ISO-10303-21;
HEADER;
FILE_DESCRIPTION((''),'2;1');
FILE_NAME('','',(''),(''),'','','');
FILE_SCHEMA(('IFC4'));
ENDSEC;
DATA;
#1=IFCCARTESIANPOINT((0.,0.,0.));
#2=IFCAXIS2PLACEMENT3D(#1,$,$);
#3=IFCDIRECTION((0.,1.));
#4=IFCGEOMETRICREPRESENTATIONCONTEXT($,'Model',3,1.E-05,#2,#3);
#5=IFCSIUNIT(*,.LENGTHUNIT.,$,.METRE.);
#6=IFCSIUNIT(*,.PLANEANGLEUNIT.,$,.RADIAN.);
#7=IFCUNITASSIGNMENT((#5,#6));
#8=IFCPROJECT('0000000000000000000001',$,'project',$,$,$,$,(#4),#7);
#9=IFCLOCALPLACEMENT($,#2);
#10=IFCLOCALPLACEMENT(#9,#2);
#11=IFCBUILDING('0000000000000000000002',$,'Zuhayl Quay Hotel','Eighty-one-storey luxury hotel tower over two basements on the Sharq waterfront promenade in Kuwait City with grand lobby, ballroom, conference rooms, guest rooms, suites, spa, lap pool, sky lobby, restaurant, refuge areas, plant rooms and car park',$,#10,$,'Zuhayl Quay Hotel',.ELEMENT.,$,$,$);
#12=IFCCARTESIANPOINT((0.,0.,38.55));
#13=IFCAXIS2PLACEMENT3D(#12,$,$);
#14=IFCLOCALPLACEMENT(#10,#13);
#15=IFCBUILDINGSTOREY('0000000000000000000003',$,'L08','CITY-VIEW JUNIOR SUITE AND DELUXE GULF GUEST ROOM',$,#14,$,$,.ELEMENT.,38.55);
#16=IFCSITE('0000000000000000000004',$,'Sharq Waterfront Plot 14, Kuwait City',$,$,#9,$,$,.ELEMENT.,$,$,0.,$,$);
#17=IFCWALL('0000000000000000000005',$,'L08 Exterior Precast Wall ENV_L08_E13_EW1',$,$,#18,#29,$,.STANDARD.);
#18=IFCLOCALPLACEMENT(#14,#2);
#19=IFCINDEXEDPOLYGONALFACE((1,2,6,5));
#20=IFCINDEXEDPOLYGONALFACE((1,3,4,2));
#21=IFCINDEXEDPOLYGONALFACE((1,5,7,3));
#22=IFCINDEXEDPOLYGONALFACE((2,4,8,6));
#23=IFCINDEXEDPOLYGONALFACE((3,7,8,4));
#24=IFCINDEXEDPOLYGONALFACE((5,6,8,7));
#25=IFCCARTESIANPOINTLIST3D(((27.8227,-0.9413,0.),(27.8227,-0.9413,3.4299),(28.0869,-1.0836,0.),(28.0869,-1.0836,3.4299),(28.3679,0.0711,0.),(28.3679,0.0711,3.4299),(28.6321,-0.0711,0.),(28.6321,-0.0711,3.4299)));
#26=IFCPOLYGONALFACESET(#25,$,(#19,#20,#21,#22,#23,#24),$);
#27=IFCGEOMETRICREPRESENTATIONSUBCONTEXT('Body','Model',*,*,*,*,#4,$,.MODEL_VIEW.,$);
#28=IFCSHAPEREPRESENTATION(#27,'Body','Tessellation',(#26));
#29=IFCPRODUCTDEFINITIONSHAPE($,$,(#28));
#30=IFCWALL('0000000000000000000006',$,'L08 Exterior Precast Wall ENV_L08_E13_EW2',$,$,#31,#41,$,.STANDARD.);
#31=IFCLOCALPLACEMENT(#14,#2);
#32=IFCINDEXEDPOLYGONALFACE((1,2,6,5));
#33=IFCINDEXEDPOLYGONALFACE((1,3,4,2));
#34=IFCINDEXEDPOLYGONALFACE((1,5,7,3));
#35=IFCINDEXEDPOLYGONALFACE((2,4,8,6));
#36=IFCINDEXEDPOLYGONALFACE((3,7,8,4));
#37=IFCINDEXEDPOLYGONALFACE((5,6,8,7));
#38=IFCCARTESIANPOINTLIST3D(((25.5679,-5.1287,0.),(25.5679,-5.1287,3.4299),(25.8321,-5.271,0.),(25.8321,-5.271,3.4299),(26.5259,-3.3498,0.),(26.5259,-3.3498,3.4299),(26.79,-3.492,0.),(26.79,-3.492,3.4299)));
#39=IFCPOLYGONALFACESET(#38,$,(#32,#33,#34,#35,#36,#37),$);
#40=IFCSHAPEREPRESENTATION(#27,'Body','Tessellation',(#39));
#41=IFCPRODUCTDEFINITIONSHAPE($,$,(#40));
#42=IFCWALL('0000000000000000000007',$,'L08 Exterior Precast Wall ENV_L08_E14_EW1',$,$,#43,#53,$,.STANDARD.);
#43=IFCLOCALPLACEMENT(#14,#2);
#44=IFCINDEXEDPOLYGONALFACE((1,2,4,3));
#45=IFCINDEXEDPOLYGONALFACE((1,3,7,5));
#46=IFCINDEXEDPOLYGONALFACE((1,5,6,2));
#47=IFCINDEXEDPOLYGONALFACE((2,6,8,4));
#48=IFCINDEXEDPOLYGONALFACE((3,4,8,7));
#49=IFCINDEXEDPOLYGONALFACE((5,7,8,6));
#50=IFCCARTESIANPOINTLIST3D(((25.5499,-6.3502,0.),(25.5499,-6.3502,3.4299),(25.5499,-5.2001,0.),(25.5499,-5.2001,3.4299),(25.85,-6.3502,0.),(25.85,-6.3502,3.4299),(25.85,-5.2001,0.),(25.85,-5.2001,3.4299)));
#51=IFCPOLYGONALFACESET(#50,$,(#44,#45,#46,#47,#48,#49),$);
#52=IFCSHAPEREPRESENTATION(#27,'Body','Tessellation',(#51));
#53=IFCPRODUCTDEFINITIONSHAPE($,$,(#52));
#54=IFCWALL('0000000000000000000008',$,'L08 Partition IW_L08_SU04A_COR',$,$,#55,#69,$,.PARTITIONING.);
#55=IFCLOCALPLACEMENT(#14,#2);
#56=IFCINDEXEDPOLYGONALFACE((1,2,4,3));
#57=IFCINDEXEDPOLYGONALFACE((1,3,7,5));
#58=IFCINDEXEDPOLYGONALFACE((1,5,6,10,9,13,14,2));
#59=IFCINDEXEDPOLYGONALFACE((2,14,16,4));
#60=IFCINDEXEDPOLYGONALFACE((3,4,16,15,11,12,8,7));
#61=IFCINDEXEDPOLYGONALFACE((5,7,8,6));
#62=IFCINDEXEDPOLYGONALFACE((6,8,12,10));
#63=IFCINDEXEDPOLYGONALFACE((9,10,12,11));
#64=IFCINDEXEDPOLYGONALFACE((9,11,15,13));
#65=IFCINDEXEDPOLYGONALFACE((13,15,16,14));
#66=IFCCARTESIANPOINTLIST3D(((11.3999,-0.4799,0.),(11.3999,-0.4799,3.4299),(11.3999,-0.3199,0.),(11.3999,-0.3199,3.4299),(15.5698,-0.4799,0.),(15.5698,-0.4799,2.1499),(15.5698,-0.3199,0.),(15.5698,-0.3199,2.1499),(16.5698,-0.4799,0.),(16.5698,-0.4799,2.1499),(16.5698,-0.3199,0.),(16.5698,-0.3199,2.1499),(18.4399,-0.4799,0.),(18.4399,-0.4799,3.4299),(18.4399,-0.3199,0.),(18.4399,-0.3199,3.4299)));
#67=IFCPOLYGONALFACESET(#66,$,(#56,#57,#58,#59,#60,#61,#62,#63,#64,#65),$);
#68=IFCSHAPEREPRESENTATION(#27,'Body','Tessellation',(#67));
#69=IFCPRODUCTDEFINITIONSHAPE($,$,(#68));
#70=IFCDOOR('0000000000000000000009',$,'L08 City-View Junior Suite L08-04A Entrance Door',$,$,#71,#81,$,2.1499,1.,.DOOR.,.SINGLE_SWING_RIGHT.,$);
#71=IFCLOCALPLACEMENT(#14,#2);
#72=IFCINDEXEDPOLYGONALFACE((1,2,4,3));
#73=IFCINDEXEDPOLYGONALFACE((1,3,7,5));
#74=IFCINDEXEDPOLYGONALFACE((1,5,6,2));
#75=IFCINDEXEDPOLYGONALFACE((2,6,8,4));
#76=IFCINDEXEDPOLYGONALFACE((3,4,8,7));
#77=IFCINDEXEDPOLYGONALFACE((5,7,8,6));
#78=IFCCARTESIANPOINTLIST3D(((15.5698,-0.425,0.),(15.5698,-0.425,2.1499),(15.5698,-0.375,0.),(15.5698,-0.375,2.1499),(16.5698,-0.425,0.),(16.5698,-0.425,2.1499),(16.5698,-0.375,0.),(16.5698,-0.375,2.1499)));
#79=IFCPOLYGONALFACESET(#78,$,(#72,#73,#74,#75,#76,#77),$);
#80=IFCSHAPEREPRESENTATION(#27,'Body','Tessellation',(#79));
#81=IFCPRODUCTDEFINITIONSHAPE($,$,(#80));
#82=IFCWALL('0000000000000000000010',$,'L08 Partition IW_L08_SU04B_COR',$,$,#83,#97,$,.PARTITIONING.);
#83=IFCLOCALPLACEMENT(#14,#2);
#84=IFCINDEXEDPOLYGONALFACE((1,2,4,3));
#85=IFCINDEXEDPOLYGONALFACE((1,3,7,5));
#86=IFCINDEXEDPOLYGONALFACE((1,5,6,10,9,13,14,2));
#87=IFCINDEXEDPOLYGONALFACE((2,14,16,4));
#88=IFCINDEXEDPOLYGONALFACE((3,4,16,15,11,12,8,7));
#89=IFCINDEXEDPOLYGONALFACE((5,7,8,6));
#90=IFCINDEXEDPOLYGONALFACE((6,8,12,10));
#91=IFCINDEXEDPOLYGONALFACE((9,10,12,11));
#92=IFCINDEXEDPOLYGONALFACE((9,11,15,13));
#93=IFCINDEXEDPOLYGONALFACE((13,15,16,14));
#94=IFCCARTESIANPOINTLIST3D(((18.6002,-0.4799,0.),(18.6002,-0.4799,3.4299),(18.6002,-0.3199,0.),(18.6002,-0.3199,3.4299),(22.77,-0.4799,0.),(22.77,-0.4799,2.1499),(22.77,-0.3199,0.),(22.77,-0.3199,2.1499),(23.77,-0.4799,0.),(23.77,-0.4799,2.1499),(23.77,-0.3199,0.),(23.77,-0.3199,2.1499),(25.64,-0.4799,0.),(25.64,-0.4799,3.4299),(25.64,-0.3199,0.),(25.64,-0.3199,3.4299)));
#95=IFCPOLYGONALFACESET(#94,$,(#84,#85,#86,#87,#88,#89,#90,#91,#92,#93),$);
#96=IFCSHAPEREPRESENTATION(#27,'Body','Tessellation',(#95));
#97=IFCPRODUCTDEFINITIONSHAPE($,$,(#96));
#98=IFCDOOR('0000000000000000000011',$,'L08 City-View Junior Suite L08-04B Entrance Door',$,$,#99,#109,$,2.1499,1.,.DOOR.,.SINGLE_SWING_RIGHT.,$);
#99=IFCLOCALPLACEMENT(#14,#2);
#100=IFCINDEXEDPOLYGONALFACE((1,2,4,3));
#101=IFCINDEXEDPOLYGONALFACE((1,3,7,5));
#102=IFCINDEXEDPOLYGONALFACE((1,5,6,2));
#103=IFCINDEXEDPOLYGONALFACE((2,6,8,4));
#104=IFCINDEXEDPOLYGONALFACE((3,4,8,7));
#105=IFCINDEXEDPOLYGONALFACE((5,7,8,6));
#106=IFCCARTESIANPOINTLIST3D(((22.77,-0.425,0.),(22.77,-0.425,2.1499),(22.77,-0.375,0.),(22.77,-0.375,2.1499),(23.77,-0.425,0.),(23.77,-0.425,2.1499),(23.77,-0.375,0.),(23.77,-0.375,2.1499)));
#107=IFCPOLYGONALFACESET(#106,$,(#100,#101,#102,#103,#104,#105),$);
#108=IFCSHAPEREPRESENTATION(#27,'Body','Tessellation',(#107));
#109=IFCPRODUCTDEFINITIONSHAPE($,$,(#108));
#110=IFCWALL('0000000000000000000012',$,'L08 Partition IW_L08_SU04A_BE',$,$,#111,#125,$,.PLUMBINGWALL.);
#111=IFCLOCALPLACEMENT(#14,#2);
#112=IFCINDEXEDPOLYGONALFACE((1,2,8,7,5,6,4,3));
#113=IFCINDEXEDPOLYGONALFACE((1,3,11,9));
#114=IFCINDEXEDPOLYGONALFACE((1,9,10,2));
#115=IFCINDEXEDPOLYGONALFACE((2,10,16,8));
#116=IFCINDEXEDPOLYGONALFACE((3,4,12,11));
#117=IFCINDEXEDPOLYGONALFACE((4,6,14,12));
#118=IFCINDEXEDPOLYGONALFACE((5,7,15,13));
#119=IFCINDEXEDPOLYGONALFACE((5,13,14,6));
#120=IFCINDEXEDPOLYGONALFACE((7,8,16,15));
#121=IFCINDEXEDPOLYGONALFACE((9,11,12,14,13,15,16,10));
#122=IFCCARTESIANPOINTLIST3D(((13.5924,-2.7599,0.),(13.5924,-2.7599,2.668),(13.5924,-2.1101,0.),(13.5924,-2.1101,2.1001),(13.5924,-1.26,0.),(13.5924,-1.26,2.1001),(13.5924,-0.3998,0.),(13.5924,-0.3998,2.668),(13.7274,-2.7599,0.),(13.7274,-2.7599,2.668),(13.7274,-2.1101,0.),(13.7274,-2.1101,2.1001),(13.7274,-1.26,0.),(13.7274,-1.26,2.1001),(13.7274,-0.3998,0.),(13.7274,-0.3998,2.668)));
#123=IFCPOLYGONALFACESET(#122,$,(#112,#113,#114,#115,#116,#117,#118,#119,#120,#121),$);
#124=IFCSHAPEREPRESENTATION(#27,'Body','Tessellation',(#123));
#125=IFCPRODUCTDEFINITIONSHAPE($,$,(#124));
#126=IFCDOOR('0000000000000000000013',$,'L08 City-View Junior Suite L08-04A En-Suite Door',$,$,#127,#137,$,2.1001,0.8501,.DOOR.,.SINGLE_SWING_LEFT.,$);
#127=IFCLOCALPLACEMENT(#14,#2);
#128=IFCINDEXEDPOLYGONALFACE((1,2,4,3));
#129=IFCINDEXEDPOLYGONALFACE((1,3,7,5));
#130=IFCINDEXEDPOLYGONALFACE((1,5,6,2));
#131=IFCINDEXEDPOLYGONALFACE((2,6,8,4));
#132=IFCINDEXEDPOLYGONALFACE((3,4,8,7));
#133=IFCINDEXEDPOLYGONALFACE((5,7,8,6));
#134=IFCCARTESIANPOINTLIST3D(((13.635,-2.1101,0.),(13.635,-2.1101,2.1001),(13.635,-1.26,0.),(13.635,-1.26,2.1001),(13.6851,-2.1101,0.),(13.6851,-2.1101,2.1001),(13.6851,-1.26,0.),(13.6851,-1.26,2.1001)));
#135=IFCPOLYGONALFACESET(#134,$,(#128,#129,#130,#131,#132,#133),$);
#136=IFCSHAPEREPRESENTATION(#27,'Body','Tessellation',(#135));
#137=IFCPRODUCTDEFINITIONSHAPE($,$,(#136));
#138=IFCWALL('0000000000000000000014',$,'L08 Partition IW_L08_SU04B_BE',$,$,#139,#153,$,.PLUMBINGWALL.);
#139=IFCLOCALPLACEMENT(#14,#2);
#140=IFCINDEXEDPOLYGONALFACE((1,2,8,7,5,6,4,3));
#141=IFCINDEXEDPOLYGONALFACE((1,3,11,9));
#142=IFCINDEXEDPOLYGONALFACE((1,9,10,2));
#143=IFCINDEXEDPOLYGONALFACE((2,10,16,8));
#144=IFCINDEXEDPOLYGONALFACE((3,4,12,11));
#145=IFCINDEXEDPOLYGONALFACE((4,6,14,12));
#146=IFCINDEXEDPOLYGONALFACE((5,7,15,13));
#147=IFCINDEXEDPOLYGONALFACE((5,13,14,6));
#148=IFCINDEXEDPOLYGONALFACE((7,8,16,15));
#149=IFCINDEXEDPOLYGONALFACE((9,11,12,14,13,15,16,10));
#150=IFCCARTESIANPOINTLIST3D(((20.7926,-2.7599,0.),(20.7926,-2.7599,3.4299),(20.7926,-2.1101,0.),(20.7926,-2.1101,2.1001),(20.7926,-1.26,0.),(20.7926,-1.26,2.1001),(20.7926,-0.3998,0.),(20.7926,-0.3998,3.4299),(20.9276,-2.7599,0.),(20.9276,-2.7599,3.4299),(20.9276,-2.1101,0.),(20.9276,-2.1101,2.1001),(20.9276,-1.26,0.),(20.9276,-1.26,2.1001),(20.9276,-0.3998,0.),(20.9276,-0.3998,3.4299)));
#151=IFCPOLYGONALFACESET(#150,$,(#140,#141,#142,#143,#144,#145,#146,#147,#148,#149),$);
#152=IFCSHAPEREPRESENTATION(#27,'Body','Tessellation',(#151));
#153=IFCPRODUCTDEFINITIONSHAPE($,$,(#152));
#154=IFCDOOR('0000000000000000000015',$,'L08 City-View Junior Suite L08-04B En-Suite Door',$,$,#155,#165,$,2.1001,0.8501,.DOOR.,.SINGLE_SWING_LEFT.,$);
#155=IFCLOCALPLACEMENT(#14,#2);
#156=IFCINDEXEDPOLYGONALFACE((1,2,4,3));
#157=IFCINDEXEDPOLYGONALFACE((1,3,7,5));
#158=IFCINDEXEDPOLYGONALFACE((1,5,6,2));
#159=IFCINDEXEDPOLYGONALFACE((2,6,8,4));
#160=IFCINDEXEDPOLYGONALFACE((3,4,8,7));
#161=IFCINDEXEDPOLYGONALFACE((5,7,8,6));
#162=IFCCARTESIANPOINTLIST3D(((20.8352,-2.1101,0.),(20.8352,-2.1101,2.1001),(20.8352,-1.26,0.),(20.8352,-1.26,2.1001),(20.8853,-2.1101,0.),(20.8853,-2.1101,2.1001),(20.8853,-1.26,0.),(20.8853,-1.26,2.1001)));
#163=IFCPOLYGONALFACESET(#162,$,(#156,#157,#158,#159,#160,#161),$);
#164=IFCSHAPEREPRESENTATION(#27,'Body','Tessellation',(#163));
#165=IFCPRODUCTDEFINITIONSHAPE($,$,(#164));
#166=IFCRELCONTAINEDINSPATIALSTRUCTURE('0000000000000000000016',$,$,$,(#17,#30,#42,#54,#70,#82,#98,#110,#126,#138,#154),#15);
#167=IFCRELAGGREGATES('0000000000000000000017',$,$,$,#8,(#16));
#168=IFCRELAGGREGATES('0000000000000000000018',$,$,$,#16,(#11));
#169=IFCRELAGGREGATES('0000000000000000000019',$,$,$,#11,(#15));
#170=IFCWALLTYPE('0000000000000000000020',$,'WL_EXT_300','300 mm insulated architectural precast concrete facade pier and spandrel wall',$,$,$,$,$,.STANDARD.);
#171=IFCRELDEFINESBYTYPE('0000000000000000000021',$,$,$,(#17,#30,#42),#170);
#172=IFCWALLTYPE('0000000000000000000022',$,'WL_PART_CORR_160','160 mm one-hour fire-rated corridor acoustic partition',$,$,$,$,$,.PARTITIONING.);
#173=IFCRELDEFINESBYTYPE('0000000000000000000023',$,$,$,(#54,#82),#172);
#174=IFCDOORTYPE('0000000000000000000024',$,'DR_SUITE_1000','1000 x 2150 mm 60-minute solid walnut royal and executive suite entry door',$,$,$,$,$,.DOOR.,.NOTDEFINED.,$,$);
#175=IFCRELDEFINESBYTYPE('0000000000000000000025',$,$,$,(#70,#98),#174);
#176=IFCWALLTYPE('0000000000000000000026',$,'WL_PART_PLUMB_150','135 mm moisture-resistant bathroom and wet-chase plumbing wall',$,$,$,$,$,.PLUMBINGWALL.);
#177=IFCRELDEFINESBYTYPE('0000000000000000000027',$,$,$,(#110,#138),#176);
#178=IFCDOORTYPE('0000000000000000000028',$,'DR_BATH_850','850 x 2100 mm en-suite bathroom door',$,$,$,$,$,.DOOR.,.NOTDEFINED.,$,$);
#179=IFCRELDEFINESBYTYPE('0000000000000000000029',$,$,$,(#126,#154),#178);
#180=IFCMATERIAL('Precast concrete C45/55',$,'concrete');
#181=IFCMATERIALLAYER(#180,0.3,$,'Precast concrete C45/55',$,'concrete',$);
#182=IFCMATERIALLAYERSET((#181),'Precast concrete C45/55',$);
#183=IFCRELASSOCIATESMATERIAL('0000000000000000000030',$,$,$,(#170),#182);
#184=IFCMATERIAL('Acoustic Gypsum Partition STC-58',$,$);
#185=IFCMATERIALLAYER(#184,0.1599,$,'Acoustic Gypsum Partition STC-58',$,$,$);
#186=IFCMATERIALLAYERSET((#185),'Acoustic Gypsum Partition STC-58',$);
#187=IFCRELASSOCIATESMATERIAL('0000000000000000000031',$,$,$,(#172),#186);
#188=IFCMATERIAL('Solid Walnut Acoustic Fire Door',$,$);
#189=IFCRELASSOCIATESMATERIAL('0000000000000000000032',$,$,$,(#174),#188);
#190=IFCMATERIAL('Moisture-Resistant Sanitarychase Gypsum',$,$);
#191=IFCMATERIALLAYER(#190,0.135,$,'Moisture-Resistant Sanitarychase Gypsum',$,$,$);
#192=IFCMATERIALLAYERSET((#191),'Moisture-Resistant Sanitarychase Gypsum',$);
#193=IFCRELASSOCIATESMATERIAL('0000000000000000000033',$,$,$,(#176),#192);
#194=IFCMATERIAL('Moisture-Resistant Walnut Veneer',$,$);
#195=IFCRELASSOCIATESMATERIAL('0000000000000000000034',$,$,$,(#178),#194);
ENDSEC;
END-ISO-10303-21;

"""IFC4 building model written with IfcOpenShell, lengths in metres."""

from ifc_helpers import new_model, si_unit, direction, frame, frame_2d, origin, place, context, subcontext, project, spatial, rectangle, extrude, material, layer, layer_set, type_object, element, fill, save


model = new_model("IFC4")

# Units and contexts
model_context = context("Model", 3, precision=1e-05, world=origin(), true_north=direction((0.0, 1.0)))
body_context = subcontext(model_context, "Body", "Model", "MODEL_VIEW")
ifc_project = project(units=[si_unit("LENGTHUNIT", "METRE"), si_unit("PLANEANGLEUNIT", "RADIAN")], contexts=[model_context])

# Site, building, storey
site_placement = place(None, origin())
site = spatial("IfcSite", under=ifc_project, at=site_placement, Name="Sharq Waterfront Plot 14, Kuwait City", CompositionType="ELEMENT", RefElevation=0.0)
building_placement = place(site_placement, origin())
building = spatial("IfcBuilding", under=site, at=building_placement, Name="Zuhayl Quay Hotel", Description="Eighty-one-storey luxury hotel tower over two basements on the Sharq waterfront promenade in Kuwait City with grand lobby, ballroom, conference rooms, guest rooms, suites, spa, lap pool, sky lobby, restaurant, refuge areas, plant rooms and car park", LongName="Zuhayl Quay Hotel", CompositionType="ELEMENT")
storey_placement = place(building_placement, frame((0.0, 0.0, 38.55)))
storey = spatial("IfcBuildingStorey", under=building, at=storey_placement, Name="L08", Description="CITY-VIEW JUNIOR SUITE AND DELUXE GULF GUEST ROOM", CompositionType="ELEMENT", Elevation=38.55)

# Walls
ifc_material_1 = material(Name="Precast concrete C45/55", Category="concrete")
ifc_layer_1 = layer(ifc_material_1, 0.3, Name="Precast concrete C45/55", Category="concrete")
ifc_layer_set_1 = layer_set([ifc_layer_1], Name="Precast concrete C45/55")
wall_type_1 = type_object("IfcWallType", Name="WL_EXT_300", Description="300 mm insulated architectural precast concrete facade pier and spandrel wall", PredefinedType="STANDARD", material=ifc_layer_set_1)
wall_1_placement = place(storey_placement, frame((28.5, 0.0, 0.0), z_axis=(0.0, 0.0, 1.0), x_axis=(-0.4741, -0.880471, 0.0)))
element("IfcWall", 1, at=wall_1_placement, inside=storey, type_object=wall_type_1, Name="L08 Exterior Precast Wall ENV_L08_E13_EW1", PredefinedType="STANDARD", context=body_context, shape_type="SweptSolid", body=[
    extrude(rectangle(XDim=1.1499, YDim=0.3, at=frame_2d((0.575, 0.0))), origin(), (0.0, 0.0, 1.0), 3.4299),
])
wall_2_placement = place(storey_placement, frame((26.658, -3.4209, 0.0), z_axis=(0.0, 0.0, 1.0), x_axis=(-0.474121, -0.880459, 0.0)))
element("IfcWall", 2, at=wall_2_placement, inside=storey, type_object=wall_type_1, Name="L08 Exterior Precast Wall ENV_L08_E13_EW2", PredefinedType="STANDARD", context=body_context, shape_type="SweptSolid", body=[
    extrude(rectangle(XDim=2.0205, YDim=0.3, at=frame_2d((1.0103, 0.0))), origin(), (0.0, 0.0, 1.0), 3.4299),
])
wall_3_placement = place(storey_placement, frame((25.7, -5.2, 0.0), z_axis=(0.0, 0.0, 1.0), x_axis=(0.0, -1.0, 0.0)))
element("IfcWall", 3, at=wall_3_placement, inside=storey, type_object=wall_type_1, Name="L08 Exterior Precast Wall ENV_L08_E14_EW1", PredefinedType="STANDARD", context=body_context, shape_type="SweptSolid", body=[
    extrude(rectangle(XDim=1.1501, YDim=0.3, at=frame_2d((0.5752, 0.0))), origin(), (0.0, 0.0, 1.0), 3.4299),
])

# Walls, openings, doors
ifc_material_2 = material(Name="Acoustic Gypsum Partition STC-58")
ifc_layer_2 = layer(ifc_material_2, 0.1599, Name="Acoustic Gypsum Partition STC-58")
ifc_layer_set_2 = layer_set([ifc_layer_2], Name="Acoustic Gypsum Partition STC-58")
wall_type_2 = type_object("IfcWallType", Name="WL_PART_CORR_160", Description="160 mm one-hour fire-rated corridor acoustic partition", PredefinedType="PARTITIONING", material=ifc_layer_set_2)
wall_4_placement = place(storey_placement, frame((11.3999, -0.3999, 0.0), z_axis=(0.0, 0.0, 1.0), x_axis=(1.0, 0.0, 0.0)))
wall_4 = element("IfcWall", 4, at=wall_4_placement, inside=storey, type_object=wall_type_2, Name="L08 Partition IW_L08_SU04A_COR", PredefinedType="PARTITIONING", context=body_context, shape_type="SweptSolid", body=[
    extrude(rectangle(XDim=7.04, YDim=0.1599, at=frame_2d((3.52, 0.0))), origin(), (0.0, 0.0, 1.0), 3.4299),
])
opening_1_placement = place(wall_4_placement, frame((4.1699, 0.0, 0.0)))
opening_1 = element("IfcOpeningElement", 5, at=opening_1_placement, cuts=wall_4, PredefinedType="OPENING", context=body_context, shape_type="SweptSolid", body=[
    extrude(rectangle(XDim=1.0, YDim=2.1499, at=frame_2d((0.5, 1.075))), frame((0.0, 0.0898, 0.0), z_axis=(0.0, -1.0, 0.0), x_axis=(1.0, 0.0, 0.0)), (0.0, 0.0, 1.0), 0.1799),
])
ifc_material_3 = material(Name="Solid Walnut Acoustic Fire Door")
door_type_1 = type_object("IfcDoorType", Name="DR_SUITE_1000", Description="1000 x 2150 mm 60-minute solid walnut royal and executive suite entry door", OperationType="NOTDEFINED", PredefinedType="DOOR", material=ifc_material_3)
door_1_placement = place(opening_1_placement, origin())
door_1 = element("IfcDoor", 6, at=door_1_placement, inside=storey, type_object=door_type_1, Name="L08 City-View Junior Suite L08-04A Entrance Door", OperationType="SINGLE_SWING_RIGHT", OverallHeight=2.1499, OverallWidth=1.0, PredefinedType="DOOR", context=body_context, shape_type="SweptSolid", body=[
    extrude(rectangle(XDim=1.0, YDim=2.1499, at=frame_2d((0.5, 1.075))), frame((0.0, 0.0249, 0.0), z_axis=(0.0, -1.0, 0.0), x_axis=(1.0, 0.0, 0.0)), (0.0, 0.0, 1.0), 0.05),
])
fill(opening_1, door_1)
wall_5_placement = place(storey_placement, frame((18.6001, -0.3999, 0.0), z_axis=(0.0, 0.0, 1.0), x_axis=(1.0, 0.0, 0.0)))
wall_5 = element("IfcWall", 7, at=wall_5_placement, inside=storey, type_object=wall_type_2, Name="L08 Partition IW_L08_SU04B_COR", PredefinedType="PARTITIONING", context=body_context, shape_type="SweptSolid", body=[
    extrude(rectangle(XDim=7.0398, YDim=0.1599, at=frame_2d((3.52, 0.0))), origin(), (0.0, 0.0, 1.0), 3.4299),
])
opening_2_placement = place(wall_5_placement, frame((4.1699, 0.0, 0.0)))
opening_2 = element("IfcOpeningElement", 8, at=opening_2_placement, cuts=wall_5, PredefinedType="OPENING", context=body_context, shape_type="SweptSolid", body=[
    extrude(rectangle(XDim=1.0, YDim=2.1499, at=frame_2d((0.5, 1.075))), frame((0.0, 0.0898, 0.0), z_axis=(0.0, -1.0, 0.0), x_axis=(1.0, 0.0, 0.0)), (0.0, 0.0, 1.0), 0.1799),
])
door_2_placement = place(opening_2_placement, origin())
door_2 = element("IfcDoor", 9, at=door_2_placement, inside=storey, type_object=door_type_1, Name="L08 City-View Junior Suite L08-04B Entrance Door", OperationType="SINGLE_SWING_RIGHT", OverallHeight=2.1499, OverallWidth=1.0, PredefinedType="DOOR", context=body_context, shape_type="SweptSolid", body=[
    extrude(rectangle(XDim=1.0, YDim=2.1499, at=frame_2d((0.5, 1.075))), frame((0.0, 0.0249, 0.0), z_axis=(0.0, -1.0, 0.0), x_axis=(1.0, 0.0, 0.0)), (0.0, 0.0, 1.0), 0.05),
])
fill(opening_2, door_2)
ifc_material_4 = material(Name="Moisture-Resistant Sanitarychase Gypsum")
ifc_layer_3 = layer(ifc_material_4, 0.135, Name="Moisture-Resistant Sanitarychase Gypsum")
ifc_layer_set_3 = layer_set([ifc_layer_3], Name="Moisture-Resistant Sanitarychase Gypsum")
wall_type_3 = type_object("IfcWallType", Name="WL_PART_PLUMB_150", Description="135 mm moisture-resistant bathroom and wet-chase plumbing wall", PredefinedType="PLUMBINGWALL", material=ifc_layer_set_3)
wall_6_placement = place(storey_placement, frame((13.6599, -2.76, 0.0), z_axis=(0.0, 0.0, 1.0), x_axis=(0.0, 1.0, 0.0)))
wall_6 = element("IfcWall", 10, at=wall_6_placement, inside=storey, type_object=wall_type_3, Name="L08 Partition IW_L08_SU04A_BE", PredefinedType="PLUMBINGWALL", context=body_context, shape_type="SweptSolid", body=[
    extrude(rectangle(XDim=2.3601, YDim=0.135, at=frame_2d((1.1802, 0.0))), origin(), (0.0, 0.0, 1.0), 2.668),
])
opening_3_placement = place(wall_6_placement, frame((0.6499, 0.0, 0.0)))
opening_3 = element("IfcOpeningElement", 11, at=opening_3_placement, cuts=wall_6, PredefinedType="OPENING", context=body_context, shape_type="SweptSolid", body=[
    extrude(rectangle(XDim=0.8501, YDim=2.1001, at=frame_2d((0.425, 1.05))), frame((0.0, 0.0774, 0.0), z_axis=(0.0, -1.0, 0.0), x_axis=(1.0, 0.0, 0.0)), (0.0, 0.0, 1.0), 0.155),
])
ifc_material_5 = material(Name="Moisture-Resistant Walnut Veneer")
door_type_2 = type_object("IfcDoorType", Name="DR_BATH_850", Description="850 x 2100 mm en-suite bathroom door", OperationType="NOTDEFINED", PredefinedType="DOOR", material=ifc_material_5)
door_3_placement = place(opening_3_placement, origin())
door_3 = element("IfcDoor", 12, at=door_3_placement, inside=storey, type_object=door_type_2, Name="L08 City-View Junior Suite L08-04A En-Suite Door", OperationType="SINGLE_SWING_LEFT", OverallHeight=2.1001, OverallWidth=0.8501, PredefinedType="DOOR", context=body_context, shape_type="SweptSolid", body=[
    extrude(rectangle(XDim=0.8501, YDim=2.1001, at=frame_2d((0.425, 1.05))), frame((0.0, 0.0249, 0.0), z_axis=(0.0, -1.0, 0.0), x_axis=(1.0, 0.0, 0.0)), (0.0, 0.0, 1.0), 0.05),
])
fill(opening_3, door_3)
wall_7_placement = place(storey_placement, frame((20.8601, -2.76, 0.0), z_axis=(0.0, 0.0, 1.0), x_axis=(0.0, 1.0, 0.0)))
wall_7 = element("IfcWall", 13, at=wall_7_placement, inside=storey, type_object=wall_type_3, Name="L08 Partition IW_L08_SU04B_BE", PredefinedType="PLUMBINGWALL", context=body_context, shape_type="SweptSolid", body=[
    extrude(rectangle(XDim=2.3601, YDim=0.135, at=frame_2d((1.1802, 0.0))), origin(), (0.0, 0.0, 1.0), 3.4299),
])
opening_4_placement = place(wall_7_placement, frame((0.6499, 0.0, 0.0)))
opening_4 = element("IfcOpeningElement", 14, at=opening_4_placement, cuts=wall_7, PredefinedType="OPENING", context=body_context, shape_type="SweptSolid", body=[
    extrude(rectangle(XDim=0.8501, YDim=2.1001, at=frame_2d((0.425, 1.05))), frame((0.0, 0.0774, 0.0), z_axis=(0.0, -1.0, 0.0), x_axis=(1.0, 0.0, 0.0)), (0.0, 0.0, 1.0), 0.155),
])
door_4_placement = place(opening_4_placement, origin())
door_4 = element("IfcDoor", 15, at=door_4_placement, inside=storey, type_object=door_type_2, Name="L08 City-View Junior Suite L08-04B En-Suite Door", OperationType="SINGLE_SWING_LEFT", OverallHeight=2.1001, OverallWidth=0.8501, PredefinedType="DOOR", context=body_context, shape_type="SweptSolid", body=[
    extrude(rectangle(XDim=0.8501, YDim=2.1001, at=frame_2d((0.425, 1.05))), frame((0.0, 0.0249, 0.0), z_axis=(0.0, -1.0, 0.0), x_axis=(1.0, 0.0, 0.0)), (0.0, 0.0, 1.0), 0.05),
])
fill(opening_4, door_4)

save(model, "model.ifc")
